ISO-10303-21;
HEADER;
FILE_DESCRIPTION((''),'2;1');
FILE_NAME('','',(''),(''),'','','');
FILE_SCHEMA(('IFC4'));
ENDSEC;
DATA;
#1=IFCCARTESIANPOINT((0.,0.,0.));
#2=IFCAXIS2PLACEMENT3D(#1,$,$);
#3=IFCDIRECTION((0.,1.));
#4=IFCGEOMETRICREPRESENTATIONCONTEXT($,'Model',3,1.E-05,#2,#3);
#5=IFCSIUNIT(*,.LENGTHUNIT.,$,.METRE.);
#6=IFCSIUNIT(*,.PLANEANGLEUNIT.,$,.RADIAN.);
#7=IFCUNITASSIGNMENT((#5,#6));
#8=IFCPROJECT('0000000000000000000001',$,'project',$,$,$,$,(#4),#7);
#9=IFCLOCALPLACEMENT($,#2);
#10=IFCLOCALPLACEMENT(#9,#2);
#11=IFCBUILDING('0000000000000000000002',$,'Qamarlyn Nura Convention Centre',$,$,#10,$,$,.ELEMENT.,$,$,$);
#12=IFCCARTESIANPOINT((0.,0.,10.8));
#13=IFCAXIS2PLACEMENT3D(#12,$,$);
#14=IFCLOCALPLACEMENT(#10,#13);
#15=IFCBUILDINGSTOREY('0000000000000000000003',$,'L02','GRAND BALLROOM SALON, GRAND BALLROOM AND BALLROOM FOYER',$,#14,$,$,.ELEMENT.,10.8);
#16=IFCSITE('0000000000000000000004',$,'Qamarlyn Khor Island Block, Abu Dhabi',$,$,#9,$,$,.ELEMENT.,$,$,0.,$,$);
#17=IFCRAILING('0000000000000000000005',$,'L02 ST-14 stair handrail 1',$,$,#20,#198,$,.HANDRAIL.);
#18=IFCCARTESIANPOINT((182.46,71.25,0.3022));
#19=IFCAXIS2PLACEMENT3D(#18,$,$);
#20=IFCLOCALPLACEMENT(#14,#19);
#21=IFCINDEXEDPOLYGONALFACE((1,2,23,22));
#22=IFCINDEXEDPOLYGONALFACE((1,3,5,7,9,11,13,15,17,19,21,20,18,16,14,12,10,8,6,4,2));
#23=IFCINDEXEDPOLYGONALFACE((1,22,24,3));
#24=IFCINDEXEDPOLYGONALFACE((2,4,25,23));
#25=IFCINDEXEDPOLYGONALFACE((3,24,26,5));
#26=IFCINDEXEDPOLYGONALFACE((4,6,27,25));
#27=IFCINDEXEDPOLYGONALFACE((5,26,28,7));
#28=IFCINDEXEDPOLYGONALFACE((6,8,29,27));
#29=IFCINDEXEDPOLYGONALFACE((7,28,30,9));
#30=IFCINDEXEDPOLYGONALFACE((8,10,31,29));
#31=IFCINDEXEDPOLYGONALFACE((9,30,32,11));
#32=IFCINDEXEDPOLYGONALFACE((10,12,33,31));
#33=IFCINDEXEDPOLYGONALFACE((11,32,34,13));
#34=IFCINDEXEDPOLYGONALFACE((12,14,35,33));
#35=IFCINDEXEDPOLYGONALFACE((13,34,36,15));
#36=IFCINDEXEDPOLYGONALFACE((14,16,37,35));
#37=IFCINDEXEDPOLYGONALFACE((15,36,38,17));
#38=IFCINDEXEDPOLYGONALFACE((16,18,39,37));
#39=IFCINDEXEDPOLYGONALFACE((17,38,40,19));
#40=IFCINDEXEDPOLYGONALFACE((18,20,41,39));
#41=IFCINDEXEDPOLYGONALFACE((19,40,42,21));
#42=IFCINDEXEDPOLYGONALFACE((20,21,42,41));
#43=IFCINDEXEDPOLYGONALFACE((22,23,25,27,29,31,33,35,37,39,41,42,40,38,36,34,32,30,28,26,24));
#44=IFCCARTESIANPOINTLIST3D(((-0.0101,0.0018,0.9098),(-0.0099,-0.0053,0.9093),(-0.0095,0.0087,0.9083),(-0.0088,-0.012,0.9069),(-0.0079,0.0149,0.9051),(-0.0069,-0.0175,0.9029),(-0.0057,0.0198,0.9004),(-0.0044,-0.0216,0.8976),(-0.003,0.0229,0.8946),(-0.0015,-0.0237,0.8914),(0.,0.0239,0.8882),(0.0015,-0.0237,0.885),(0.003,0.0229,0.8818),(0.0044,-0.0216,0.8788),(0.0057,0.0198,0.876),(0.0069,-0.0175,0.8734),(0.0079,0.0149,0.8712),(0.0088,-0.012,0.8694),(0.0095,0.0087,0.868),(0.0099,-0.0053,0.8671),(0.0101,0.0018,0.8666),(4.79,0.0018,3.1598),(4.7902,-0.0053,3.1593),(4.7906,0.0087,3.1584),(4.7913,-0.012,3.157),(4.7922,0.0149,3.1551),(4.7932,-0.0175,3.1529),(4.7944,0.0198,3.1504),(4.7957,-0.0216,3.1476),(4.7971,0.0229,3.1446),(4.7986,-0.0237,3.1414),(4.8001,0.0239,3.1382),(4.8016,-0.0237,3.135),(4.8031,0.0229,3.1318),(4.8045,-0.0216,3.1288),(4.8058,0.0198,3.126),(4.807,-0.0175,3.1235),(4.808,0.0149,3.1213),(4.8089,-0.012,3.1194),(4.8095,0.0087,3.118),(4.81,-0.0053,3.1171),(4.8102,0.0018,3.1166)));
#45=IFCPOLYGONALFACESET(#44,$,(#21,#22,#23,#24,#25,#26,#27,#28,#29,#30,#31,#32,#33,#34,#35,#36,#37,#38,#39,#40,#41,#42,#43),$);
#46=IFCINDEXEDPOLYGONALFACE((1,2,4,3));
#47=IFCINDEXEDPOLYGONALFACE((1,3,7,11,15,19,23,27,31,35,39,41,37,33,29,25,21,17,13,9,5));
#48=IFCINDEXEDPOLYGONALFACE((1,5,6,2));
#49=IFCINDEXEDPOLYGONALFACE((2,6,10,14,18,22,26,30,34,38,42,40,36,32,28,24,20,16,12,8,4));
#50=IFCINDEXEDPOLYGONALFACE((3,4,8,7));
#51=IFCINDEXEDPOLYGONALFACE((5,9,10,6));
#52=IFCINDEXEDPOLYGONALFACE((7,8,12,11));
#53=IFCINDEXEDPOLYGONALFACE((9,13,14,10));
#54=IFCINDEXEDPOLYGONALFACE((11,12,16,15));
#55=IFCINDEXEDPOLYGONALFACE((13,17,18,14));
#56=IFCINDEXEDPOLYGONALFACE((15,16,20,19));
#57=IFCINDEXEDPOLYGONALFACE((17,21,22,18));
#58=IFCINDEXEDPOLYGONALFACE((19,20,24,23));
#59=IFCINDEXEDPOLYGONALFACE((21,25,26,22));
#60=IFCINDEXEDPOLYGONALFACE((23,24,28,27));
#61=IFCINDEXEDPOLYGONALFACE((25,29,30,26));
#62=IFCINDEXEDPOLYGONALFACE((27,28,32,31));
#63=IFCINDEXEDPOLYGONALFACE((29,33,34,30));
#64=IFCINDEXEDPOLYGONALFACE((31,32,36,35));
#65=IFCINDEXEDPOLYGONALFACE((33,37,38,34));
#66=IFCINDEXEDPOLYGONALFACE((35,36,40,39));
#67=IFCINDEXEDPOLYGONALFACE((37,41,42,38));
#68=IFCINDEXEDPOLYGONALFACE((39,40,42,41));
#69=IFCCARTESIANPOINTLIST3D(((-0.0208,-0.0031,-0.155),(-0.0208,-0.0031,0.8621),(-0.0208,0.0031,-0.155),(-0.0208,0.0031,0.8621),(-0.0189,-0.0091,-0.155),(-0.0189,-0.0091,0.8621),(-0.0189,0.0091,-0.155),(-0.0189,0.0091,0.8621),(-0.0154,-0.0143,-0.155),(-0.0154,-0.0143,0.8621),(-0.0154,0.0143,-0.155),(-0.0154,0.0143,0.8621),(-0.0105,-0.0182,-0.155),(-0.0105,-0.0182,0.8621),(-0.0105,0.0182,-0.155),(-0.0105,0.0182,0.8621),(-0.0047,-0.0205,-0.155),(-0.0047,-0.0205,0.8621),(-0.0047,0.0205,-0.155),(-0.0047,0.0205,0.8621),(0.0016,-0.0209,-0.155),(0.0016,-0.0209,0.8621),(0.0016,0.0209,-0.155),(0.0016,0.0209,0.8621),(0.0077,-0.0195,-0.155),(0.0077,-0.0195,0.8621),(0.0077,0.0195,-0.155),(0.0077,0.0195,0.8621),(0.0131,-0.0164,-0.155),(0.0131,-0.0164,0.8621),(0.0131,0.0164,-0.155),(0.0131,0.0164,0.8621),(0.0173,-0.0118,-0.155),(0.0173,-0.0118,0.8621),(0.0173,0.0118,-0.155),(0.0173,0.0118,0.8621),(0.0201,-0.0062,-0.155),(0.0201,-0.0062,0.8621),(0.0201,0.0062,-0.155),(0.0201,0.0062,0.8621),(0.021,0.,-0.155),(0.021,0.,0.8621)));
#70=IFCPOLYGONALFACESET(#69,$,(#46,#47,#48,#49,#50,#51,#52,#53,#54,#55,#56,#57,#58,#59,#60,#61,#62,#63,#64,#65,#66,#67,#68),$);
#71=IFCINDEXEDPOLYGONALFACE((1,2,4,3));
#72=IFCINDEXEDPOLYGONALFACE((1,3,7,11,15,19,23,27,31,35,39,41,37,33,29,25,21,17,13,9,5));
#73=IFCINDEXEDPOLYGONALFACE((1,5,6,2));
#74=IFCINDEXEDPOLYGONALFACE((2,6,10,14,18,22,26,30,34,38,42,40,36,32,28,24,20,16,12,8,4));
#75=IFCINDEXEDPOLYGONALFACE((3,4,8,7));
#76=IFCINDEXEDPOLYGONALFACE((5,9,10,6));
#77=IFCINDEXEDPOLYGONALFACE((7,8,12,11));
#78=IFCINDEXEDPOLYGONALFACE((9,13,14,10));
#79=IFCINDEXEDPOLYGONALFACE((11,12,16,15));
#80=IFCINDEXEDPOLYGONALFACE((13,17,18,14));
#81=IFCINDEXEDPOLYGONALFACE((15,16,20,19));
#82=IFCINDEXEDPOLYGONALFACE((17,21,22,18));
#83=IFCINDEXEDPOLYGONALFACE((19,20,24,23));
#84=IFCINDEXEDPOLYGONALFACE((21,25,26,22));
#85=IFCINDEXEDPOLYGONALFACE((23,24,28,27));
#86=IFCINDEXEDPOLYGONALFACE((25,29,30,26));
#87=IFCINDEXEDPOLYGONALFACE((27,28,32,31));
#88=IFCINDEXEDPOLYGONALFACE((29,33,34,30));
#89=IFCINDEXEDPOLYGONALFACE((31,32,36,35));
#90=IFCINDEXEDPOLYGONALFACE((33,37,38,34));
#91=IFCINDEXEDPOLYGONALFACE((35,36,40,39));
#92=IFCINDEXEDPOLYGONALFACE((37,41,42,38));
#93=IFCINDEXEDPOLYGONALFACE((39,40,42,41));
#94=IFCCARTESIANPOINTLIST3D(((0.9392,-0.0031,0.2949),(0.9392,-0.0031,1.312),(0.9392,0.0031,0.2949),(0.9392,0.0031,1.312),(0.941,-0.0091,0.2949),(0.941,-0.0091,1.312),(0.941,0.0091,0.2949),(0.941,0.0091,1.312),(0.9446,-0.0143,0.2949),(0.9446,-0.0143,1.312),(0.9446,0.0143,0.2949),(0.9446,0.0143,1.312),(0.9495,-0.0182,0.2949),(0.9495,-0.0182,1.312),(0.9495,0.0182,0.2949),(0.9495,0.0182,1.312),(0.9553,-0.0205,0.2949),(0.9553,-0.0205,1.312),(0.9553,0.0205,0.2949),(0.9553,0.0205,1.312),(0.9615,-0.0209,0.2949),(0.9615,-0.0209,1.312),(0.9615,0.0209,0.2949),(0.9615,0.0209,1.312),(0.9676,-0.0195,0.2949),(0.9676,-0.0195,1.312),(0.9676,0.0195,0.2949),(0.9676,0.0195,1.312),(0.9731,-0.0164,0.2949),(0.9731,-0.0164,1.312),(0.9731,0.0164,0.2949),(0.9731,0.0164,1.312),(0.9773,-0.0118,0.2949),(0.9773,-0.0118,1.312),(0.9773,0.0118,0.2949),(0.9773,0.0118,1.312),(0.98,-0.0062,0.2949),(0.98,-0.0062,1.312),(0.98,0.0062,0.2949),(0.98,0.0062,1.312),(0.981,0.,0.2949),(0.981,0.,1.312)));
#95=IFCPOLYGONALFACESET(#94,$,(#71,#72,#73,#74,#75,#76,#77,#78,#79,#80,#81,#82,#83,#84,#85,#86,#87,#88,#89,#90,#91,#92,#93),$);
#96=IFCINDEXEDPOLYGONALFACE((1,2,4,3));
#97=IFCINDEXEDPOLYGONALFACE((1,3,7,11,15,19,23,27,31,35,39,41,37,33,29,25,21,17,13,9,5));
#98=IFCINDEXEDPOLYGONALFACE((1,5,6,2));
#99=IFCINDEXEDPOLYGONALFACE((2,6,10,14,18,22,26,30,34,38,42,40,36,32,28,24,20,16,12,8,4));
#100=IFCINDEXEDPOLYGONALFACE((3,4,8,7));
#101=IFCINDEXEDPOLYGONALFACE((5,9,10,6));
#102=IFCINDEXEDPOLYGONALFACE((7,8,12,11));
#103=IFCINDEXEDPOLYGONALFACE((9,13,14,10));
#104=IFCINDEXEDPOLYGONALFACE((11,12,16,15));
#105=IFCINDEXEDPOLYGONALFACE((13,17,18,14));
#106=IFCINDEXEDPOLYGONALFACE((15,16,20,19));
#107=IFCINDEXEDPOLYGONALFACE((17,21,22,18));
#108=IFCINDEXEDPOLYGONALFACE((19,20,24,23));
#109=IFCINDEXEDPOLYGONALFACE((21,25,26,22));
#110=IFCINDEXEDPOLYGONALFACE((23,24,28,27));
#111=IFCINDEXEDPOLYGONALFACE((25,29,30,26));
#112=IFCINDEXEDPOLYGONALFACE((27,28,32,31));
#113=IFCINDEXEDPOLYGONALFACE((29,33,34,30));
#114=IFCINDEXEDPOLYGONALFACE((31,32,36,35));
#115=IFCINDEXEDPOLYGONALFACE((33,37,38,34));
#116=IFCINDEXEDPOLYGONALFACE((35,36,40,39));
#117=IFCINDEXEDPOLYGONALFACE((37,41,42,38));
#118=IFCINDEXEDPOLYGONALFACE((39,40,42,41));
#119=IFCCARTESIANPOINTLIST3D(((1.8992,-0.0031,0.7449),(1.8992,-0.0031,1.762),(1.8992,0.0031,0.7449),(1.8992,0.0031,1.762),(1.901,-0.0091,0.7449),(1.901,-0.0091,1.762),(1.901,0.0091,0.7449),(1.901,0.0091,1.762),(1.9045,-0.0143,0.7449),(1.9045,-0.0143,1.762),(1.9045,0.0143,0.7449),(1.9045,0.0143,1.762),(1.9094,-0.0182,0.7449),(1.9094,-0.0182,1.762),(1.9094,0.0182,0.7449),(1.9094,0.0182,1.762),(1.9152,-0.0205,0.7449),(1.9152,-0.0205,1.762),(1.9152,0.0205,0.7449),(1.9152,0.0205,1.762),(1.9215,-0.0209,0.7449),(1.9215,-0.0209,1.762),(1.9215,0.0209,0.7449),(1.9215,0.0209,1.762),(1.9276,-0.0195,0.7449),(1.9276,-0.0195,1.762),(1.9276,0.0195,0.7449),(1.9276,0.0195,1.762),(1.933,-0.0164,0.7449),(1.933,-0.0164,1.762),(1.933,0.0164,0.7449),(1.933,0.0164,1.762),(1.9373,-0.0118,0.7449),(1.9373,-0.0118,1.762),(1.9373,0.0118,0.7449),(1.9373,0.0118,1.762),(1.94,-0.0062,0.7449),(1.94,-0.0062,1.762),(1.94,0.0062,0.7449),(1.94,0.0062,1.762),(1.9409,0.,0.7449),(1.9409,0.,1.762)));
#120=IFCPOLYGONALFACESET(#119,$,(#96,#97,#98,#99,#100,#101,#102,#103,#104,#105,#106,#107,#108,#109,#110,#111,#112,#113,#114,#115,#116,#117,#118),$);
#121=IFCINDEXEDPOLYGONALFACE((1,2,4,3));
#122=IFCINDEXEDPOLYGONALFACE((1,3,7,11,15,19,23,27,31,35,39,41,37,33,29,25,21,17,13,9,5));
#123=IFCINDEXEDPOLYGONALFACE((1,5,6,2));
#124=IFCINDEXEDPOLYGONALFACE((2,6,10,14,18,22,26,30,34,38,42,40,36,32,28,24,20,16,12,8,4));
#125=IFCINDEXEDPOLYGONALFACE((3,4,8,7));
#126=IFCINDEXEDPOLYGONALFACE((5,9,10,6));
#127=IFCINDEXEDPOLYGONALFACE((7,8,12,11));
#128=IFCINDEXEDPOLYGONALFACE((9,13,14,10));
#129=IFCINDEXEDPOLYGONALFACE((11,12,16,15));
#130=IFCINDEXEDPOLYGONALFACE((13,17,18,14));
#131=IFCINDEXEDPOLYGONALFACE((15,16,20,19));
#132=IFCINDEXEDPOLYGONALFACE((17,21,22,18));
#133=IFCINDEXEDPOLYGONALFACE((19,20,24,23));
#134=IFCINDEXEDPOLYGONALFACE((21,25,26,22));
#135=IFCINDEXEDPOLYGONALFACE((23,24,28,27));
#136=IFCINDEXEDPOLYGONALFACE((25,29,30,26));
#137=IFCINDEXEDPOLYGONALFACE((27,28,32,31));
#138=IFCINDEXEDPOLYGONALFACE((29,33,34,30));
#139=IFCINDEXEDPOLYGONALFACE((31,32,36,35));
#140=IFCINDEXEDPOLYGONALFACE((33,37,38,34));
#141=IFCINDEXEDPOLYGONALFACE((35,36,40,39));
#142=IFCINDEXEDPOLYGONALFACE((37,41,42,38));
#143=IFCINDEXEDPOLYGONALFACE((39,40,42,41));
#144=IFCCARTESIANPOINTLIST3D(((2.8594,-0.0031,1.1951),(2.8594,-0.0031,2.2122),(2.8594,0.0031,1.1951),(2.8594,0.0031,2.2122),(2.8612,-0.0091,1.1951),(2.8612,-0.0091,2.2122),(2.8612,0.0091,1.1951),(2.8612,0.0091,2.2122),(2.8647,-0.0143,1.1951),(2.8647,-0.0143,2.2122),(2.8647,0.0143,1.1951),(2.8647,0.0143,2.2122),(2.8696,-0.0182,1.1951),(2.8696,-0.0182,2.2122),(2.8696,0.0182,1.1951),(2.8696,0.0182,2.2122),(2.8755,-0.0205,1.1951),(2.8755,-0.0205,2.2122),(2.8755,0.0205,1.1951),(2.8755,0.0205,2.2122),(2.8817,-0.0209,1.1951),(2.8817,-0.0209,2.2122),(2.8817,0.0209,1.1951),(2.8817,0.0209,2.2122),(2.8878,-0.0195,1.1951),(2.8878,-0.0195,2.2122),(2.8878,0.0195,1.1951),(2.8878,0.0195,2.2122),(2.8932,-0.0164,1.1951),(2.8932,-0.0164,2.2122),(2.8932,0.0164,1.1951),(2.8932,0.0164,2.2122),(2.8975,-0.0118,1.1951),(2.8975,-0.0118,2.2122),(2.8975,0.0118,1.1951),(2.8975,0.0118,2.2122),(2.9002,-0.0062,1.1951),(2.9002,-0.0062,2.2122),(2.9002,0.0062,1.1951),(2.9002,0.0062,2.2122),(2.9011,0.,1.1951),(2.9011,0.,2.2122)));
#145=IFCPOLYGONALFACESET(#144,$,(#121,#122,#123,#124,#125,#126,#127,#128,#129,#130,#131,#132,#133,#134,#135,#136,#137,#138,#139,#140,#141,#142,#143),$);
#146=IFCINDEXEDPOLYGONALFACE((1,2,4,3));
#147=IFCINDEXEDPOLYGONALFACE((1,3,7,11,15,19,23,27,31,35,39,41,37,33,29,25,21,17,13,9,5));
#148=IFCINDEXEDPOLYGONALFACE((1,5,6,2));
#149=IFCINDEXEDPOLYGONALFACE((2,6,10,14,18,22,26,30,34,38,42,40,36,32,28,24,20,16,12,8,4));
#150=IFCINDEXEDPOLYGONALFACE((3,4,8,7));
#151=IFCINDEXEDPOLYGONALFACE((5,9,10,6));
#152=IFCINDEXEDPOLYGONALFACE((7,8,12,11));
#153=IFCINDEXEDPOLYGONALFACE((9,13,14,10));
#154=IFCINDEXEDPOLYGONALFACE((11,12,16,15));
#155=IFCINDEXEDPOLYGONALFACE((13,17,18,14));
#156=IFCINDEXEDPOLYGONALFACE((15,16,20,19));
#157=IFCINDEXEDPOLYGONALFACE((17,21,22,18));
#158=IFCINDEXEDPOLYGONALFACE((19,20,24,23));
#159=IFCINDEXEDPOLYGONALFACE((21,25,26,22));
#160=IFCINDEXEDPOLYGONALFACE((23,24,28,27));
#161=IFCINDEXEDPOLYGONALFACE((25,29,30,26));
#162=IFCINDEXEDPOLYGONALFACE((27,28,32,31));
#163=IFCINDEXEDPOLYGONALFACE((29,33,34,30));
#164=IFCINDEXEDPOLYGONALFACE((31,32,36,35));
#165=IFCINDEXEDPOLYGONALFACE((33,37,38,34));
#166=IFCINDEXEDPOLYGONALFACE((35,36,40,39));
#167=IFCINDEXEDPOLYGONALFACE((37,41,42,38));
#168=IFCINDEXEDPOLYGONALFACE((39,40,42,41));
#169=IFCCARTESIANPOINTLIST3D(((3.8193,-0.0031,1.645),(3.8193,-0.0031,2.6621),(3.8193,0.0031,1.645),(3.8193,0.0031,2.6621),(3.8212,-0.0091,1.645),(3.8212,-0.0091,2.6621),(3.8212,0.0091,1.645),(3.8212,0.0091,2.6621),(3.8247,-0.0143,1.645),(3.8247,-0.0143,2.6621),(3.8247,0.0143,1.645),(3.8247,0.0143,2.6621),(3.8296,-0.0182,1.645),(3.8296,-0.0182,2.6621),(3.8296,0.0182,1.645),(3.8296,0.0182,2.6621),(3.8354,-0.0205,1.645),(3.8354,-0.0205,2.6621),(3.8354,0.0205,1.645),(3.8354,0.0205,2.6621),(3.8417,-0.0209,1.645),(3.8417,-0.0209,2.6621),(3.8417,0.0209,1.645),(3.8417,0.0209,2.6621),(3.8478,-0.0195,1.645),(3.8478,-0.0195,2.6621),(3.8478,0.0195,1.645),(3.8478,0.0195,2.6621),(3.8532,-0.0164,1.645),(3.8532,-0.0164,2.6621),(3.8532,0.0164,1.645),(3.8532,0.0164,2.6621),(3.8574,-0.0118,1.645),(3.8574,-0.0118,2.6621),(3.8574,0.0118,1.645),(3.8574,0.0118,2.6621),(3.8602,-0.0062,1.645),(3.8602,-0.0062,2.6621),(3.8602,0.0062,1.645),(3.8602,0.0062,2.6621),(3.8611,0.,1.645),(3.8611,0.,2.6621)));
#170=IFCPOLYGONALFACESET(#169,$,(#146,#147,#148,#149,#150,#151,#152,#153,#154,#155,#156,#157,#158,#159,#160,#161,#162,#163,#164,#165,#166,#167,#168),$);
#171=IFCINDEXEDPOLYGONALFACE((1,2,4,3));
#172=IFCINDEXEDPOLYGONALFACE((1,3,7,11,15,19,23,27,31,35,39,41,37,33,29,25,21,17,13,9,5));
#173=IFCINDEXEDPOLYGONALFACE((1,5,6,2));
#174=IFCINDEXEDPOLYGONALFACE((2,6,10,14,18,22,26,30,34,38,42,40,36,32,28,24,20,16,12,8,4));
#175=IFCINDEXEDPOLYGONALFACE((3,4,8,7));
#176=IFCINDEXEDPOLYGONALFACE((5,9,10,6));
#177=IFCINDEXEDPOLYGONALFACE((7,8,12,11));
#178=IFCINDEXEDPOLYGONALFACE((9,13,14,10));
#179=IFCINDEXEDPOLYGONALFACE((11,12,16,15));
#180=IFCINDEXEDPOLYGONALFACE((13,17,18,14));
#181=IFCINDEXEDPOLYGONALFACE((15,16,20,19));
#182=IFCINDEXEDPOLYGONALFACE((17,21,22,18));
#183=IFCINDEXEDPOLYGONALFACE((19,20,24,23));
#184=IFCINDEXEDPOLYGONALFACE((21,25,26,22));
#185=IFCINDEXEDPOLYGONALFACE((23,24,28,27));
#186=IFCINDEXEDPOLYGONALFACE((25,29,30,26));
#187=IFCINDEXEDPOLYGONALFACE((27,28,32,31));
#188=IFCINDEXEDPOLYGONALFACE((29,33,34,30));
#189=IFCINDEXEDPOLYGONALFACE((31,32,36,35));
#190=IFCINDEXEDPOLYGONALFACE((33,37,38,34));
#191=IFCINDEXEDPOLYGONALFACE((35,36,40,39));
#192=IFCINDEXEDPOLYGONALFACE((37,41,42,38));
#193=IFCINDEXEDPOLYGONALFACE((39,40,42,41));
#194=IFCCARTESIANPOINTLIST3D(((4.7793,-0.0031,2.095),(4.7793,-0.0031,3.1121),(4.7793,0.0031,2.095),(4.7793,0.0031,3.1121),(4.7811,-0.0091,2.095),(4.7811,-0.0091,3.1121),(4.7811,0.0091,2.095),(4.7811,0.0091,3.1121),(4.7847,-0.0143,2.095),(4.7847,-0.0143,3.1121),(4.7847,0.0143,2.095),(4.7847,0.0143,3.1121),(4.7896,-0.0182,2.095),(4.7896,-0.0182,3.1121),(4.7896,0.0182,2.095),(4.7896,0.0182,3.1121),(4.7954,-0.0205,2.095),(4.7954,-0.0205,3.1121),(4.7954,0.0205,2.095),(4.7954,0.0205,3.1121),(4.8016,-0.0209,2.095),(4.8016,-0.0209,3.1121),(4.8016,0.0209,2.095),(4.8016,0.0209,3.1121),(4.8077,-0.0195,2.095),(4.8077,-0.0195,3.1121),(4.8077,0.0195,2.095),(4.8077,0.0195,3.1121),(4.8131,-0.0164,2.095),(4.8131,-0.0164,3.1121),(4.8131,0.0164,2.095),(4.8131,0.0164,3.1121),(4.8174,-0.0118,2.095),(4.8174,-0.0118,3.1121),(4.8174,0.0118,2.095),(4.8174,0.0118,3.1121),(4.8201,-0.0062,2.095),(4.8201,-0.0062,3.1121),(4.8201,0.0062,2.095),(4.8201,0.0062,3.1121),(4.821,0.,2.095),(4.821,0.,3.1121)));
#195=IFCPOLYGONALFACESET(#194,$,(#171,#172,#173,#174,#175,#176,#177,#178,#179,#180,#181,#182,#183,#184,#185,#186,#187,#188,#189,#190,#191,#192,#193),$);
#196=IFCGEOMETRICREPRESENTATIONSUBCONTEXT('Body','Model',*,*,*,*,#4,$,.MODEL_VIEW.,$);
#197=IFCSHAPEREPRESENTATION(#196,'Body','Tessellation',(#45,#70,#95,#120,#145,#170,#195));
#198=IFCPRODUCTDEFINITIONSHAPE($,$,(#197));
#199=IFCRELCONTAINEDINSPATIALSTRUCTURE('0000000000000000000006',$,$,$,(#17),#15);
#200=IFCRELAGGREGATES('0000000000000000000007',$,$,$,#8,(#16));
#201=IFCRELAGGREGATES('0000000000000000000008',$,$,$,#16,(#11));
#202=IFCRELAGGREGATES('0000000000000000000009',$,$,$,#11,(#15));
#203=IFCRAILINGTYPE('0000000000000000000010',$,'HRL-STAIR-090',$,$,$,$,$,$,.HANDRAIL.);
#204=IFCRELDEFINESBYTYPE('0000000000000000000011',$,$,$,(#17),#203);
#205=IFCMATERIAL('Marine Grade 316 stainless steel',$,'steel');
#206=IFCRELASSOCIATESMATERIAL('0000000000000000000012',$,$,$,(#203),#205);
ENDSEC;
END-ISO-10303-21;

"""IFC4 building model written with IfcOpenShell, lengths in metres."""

from ifc_helpers import new_model, si_unit, direction, frame, origin, origin_2d, place, context, subcontext, project, spatial, circle, extrude, material, type_object, element, save


model = new_model("IFC4")

# Units and contexts
model_context = context("Model", 3, precision=1e-05, world=origin(), true_north=direction((0.0, 1.0)))
body_context = subcontext(model_context, "Body", "Model", "MODEL_VIEW")
ifc_project = project(units=[si_unit("LENGTHUNIT", "METRE"), si_unit("PLANEANGLEUNIT", "RADIAN")], contexts=[model_context])

# Site, building, storey
site_placement = place(None, origin())
site = spatial("IfcSite", under=ifc_project, at=site_placement, Name="Qamarlyn Khor Island Block, Abu Dhabi", CompositionType="ELEMENT", RefElevation=0.0)
building_placement = place(site_placement, origin())
building = spatial("IfcBuilding", under=site, at=building_placement, Name="Qamarlyn Nura Convention Centre", CompositionType="ELEMENT")
storey_placement = place(building_placement, frame((0.0, 0.0, 10.8)))
storey = spatial("IfcBuildingStorey", under=building, at=storey_placement, Name="L02", Description="GRAND BALLROOM SALON, GRAND BALLROOM AND BALLROOM FOYER", CompositionType="ELEMENT", Elevation=10.8)

# Shared definitions
ifc_material_1 = material(Name="Marine Grade 316 stainless steel", Category="steel")

# Railing
railing_type_1 = type_object("IfcRailingType", Name="HRL-STAIR-090", PredefinedType="HANDRAIL", material=ifc_material_1)
for number, where, name in (
    (1, (182.46, 71.25, 0.3022), "L02 ST-14 stair handrail 1"),
):
    element("IfcRailing", number, at=place(storey_placement, frame(where)), inside=storey, type_object=railing_type_1, Name=name, PredefinedType="HANDRAIL", context=body_context, shape_type="SweptSolid", body=[
        extrude(circle(Radius=0.0239, at=origin_2d()), frame((0.0, 0.0, 0.8882), z_axis=(0.905461, 0.0, 0.42443), x_axis=(0.0, 1.0, 0.0)), (0.0, 0.0, 1.0), 5.3013),
        extrude(circle(Radius=0.021, at=origin_2d()), frame((0.0, 0.0, -0.155)), (0.0, 0.0, 1.0), 1.0171),
        extrude(circle(Radius=0.021, at=origin_2d()), frame((0.96, 0.0, 0.2949)), (0.0, 0.0, 1.0), 1.0171),
        extrude(circle(Radius=0.021, at=origin_2d()), frame((1.9199, 0.0, 0.7449)), (0.0, 0.0, 1.0), 1.0171),
        extrude(circle(Radius=0.021, at=origin_2d()), frame((2.8801, 0.0, 1.1951)), (0.0, 0.0, 1.0), 1.0171),
        extrude(circle(Radius=0.021, at=origin_2d()), frame((3.8401, 0.0, 1.645)), (0.0, 0.0, 1.0), 1.0171),
        extrude(circle(Radius=0.021, at=origin_2d()), frame((4.8, 0.0, 2.095)), (0.0, 0.0, 1.0), 1.0171),
    ])

save(model, "model.ifc")
